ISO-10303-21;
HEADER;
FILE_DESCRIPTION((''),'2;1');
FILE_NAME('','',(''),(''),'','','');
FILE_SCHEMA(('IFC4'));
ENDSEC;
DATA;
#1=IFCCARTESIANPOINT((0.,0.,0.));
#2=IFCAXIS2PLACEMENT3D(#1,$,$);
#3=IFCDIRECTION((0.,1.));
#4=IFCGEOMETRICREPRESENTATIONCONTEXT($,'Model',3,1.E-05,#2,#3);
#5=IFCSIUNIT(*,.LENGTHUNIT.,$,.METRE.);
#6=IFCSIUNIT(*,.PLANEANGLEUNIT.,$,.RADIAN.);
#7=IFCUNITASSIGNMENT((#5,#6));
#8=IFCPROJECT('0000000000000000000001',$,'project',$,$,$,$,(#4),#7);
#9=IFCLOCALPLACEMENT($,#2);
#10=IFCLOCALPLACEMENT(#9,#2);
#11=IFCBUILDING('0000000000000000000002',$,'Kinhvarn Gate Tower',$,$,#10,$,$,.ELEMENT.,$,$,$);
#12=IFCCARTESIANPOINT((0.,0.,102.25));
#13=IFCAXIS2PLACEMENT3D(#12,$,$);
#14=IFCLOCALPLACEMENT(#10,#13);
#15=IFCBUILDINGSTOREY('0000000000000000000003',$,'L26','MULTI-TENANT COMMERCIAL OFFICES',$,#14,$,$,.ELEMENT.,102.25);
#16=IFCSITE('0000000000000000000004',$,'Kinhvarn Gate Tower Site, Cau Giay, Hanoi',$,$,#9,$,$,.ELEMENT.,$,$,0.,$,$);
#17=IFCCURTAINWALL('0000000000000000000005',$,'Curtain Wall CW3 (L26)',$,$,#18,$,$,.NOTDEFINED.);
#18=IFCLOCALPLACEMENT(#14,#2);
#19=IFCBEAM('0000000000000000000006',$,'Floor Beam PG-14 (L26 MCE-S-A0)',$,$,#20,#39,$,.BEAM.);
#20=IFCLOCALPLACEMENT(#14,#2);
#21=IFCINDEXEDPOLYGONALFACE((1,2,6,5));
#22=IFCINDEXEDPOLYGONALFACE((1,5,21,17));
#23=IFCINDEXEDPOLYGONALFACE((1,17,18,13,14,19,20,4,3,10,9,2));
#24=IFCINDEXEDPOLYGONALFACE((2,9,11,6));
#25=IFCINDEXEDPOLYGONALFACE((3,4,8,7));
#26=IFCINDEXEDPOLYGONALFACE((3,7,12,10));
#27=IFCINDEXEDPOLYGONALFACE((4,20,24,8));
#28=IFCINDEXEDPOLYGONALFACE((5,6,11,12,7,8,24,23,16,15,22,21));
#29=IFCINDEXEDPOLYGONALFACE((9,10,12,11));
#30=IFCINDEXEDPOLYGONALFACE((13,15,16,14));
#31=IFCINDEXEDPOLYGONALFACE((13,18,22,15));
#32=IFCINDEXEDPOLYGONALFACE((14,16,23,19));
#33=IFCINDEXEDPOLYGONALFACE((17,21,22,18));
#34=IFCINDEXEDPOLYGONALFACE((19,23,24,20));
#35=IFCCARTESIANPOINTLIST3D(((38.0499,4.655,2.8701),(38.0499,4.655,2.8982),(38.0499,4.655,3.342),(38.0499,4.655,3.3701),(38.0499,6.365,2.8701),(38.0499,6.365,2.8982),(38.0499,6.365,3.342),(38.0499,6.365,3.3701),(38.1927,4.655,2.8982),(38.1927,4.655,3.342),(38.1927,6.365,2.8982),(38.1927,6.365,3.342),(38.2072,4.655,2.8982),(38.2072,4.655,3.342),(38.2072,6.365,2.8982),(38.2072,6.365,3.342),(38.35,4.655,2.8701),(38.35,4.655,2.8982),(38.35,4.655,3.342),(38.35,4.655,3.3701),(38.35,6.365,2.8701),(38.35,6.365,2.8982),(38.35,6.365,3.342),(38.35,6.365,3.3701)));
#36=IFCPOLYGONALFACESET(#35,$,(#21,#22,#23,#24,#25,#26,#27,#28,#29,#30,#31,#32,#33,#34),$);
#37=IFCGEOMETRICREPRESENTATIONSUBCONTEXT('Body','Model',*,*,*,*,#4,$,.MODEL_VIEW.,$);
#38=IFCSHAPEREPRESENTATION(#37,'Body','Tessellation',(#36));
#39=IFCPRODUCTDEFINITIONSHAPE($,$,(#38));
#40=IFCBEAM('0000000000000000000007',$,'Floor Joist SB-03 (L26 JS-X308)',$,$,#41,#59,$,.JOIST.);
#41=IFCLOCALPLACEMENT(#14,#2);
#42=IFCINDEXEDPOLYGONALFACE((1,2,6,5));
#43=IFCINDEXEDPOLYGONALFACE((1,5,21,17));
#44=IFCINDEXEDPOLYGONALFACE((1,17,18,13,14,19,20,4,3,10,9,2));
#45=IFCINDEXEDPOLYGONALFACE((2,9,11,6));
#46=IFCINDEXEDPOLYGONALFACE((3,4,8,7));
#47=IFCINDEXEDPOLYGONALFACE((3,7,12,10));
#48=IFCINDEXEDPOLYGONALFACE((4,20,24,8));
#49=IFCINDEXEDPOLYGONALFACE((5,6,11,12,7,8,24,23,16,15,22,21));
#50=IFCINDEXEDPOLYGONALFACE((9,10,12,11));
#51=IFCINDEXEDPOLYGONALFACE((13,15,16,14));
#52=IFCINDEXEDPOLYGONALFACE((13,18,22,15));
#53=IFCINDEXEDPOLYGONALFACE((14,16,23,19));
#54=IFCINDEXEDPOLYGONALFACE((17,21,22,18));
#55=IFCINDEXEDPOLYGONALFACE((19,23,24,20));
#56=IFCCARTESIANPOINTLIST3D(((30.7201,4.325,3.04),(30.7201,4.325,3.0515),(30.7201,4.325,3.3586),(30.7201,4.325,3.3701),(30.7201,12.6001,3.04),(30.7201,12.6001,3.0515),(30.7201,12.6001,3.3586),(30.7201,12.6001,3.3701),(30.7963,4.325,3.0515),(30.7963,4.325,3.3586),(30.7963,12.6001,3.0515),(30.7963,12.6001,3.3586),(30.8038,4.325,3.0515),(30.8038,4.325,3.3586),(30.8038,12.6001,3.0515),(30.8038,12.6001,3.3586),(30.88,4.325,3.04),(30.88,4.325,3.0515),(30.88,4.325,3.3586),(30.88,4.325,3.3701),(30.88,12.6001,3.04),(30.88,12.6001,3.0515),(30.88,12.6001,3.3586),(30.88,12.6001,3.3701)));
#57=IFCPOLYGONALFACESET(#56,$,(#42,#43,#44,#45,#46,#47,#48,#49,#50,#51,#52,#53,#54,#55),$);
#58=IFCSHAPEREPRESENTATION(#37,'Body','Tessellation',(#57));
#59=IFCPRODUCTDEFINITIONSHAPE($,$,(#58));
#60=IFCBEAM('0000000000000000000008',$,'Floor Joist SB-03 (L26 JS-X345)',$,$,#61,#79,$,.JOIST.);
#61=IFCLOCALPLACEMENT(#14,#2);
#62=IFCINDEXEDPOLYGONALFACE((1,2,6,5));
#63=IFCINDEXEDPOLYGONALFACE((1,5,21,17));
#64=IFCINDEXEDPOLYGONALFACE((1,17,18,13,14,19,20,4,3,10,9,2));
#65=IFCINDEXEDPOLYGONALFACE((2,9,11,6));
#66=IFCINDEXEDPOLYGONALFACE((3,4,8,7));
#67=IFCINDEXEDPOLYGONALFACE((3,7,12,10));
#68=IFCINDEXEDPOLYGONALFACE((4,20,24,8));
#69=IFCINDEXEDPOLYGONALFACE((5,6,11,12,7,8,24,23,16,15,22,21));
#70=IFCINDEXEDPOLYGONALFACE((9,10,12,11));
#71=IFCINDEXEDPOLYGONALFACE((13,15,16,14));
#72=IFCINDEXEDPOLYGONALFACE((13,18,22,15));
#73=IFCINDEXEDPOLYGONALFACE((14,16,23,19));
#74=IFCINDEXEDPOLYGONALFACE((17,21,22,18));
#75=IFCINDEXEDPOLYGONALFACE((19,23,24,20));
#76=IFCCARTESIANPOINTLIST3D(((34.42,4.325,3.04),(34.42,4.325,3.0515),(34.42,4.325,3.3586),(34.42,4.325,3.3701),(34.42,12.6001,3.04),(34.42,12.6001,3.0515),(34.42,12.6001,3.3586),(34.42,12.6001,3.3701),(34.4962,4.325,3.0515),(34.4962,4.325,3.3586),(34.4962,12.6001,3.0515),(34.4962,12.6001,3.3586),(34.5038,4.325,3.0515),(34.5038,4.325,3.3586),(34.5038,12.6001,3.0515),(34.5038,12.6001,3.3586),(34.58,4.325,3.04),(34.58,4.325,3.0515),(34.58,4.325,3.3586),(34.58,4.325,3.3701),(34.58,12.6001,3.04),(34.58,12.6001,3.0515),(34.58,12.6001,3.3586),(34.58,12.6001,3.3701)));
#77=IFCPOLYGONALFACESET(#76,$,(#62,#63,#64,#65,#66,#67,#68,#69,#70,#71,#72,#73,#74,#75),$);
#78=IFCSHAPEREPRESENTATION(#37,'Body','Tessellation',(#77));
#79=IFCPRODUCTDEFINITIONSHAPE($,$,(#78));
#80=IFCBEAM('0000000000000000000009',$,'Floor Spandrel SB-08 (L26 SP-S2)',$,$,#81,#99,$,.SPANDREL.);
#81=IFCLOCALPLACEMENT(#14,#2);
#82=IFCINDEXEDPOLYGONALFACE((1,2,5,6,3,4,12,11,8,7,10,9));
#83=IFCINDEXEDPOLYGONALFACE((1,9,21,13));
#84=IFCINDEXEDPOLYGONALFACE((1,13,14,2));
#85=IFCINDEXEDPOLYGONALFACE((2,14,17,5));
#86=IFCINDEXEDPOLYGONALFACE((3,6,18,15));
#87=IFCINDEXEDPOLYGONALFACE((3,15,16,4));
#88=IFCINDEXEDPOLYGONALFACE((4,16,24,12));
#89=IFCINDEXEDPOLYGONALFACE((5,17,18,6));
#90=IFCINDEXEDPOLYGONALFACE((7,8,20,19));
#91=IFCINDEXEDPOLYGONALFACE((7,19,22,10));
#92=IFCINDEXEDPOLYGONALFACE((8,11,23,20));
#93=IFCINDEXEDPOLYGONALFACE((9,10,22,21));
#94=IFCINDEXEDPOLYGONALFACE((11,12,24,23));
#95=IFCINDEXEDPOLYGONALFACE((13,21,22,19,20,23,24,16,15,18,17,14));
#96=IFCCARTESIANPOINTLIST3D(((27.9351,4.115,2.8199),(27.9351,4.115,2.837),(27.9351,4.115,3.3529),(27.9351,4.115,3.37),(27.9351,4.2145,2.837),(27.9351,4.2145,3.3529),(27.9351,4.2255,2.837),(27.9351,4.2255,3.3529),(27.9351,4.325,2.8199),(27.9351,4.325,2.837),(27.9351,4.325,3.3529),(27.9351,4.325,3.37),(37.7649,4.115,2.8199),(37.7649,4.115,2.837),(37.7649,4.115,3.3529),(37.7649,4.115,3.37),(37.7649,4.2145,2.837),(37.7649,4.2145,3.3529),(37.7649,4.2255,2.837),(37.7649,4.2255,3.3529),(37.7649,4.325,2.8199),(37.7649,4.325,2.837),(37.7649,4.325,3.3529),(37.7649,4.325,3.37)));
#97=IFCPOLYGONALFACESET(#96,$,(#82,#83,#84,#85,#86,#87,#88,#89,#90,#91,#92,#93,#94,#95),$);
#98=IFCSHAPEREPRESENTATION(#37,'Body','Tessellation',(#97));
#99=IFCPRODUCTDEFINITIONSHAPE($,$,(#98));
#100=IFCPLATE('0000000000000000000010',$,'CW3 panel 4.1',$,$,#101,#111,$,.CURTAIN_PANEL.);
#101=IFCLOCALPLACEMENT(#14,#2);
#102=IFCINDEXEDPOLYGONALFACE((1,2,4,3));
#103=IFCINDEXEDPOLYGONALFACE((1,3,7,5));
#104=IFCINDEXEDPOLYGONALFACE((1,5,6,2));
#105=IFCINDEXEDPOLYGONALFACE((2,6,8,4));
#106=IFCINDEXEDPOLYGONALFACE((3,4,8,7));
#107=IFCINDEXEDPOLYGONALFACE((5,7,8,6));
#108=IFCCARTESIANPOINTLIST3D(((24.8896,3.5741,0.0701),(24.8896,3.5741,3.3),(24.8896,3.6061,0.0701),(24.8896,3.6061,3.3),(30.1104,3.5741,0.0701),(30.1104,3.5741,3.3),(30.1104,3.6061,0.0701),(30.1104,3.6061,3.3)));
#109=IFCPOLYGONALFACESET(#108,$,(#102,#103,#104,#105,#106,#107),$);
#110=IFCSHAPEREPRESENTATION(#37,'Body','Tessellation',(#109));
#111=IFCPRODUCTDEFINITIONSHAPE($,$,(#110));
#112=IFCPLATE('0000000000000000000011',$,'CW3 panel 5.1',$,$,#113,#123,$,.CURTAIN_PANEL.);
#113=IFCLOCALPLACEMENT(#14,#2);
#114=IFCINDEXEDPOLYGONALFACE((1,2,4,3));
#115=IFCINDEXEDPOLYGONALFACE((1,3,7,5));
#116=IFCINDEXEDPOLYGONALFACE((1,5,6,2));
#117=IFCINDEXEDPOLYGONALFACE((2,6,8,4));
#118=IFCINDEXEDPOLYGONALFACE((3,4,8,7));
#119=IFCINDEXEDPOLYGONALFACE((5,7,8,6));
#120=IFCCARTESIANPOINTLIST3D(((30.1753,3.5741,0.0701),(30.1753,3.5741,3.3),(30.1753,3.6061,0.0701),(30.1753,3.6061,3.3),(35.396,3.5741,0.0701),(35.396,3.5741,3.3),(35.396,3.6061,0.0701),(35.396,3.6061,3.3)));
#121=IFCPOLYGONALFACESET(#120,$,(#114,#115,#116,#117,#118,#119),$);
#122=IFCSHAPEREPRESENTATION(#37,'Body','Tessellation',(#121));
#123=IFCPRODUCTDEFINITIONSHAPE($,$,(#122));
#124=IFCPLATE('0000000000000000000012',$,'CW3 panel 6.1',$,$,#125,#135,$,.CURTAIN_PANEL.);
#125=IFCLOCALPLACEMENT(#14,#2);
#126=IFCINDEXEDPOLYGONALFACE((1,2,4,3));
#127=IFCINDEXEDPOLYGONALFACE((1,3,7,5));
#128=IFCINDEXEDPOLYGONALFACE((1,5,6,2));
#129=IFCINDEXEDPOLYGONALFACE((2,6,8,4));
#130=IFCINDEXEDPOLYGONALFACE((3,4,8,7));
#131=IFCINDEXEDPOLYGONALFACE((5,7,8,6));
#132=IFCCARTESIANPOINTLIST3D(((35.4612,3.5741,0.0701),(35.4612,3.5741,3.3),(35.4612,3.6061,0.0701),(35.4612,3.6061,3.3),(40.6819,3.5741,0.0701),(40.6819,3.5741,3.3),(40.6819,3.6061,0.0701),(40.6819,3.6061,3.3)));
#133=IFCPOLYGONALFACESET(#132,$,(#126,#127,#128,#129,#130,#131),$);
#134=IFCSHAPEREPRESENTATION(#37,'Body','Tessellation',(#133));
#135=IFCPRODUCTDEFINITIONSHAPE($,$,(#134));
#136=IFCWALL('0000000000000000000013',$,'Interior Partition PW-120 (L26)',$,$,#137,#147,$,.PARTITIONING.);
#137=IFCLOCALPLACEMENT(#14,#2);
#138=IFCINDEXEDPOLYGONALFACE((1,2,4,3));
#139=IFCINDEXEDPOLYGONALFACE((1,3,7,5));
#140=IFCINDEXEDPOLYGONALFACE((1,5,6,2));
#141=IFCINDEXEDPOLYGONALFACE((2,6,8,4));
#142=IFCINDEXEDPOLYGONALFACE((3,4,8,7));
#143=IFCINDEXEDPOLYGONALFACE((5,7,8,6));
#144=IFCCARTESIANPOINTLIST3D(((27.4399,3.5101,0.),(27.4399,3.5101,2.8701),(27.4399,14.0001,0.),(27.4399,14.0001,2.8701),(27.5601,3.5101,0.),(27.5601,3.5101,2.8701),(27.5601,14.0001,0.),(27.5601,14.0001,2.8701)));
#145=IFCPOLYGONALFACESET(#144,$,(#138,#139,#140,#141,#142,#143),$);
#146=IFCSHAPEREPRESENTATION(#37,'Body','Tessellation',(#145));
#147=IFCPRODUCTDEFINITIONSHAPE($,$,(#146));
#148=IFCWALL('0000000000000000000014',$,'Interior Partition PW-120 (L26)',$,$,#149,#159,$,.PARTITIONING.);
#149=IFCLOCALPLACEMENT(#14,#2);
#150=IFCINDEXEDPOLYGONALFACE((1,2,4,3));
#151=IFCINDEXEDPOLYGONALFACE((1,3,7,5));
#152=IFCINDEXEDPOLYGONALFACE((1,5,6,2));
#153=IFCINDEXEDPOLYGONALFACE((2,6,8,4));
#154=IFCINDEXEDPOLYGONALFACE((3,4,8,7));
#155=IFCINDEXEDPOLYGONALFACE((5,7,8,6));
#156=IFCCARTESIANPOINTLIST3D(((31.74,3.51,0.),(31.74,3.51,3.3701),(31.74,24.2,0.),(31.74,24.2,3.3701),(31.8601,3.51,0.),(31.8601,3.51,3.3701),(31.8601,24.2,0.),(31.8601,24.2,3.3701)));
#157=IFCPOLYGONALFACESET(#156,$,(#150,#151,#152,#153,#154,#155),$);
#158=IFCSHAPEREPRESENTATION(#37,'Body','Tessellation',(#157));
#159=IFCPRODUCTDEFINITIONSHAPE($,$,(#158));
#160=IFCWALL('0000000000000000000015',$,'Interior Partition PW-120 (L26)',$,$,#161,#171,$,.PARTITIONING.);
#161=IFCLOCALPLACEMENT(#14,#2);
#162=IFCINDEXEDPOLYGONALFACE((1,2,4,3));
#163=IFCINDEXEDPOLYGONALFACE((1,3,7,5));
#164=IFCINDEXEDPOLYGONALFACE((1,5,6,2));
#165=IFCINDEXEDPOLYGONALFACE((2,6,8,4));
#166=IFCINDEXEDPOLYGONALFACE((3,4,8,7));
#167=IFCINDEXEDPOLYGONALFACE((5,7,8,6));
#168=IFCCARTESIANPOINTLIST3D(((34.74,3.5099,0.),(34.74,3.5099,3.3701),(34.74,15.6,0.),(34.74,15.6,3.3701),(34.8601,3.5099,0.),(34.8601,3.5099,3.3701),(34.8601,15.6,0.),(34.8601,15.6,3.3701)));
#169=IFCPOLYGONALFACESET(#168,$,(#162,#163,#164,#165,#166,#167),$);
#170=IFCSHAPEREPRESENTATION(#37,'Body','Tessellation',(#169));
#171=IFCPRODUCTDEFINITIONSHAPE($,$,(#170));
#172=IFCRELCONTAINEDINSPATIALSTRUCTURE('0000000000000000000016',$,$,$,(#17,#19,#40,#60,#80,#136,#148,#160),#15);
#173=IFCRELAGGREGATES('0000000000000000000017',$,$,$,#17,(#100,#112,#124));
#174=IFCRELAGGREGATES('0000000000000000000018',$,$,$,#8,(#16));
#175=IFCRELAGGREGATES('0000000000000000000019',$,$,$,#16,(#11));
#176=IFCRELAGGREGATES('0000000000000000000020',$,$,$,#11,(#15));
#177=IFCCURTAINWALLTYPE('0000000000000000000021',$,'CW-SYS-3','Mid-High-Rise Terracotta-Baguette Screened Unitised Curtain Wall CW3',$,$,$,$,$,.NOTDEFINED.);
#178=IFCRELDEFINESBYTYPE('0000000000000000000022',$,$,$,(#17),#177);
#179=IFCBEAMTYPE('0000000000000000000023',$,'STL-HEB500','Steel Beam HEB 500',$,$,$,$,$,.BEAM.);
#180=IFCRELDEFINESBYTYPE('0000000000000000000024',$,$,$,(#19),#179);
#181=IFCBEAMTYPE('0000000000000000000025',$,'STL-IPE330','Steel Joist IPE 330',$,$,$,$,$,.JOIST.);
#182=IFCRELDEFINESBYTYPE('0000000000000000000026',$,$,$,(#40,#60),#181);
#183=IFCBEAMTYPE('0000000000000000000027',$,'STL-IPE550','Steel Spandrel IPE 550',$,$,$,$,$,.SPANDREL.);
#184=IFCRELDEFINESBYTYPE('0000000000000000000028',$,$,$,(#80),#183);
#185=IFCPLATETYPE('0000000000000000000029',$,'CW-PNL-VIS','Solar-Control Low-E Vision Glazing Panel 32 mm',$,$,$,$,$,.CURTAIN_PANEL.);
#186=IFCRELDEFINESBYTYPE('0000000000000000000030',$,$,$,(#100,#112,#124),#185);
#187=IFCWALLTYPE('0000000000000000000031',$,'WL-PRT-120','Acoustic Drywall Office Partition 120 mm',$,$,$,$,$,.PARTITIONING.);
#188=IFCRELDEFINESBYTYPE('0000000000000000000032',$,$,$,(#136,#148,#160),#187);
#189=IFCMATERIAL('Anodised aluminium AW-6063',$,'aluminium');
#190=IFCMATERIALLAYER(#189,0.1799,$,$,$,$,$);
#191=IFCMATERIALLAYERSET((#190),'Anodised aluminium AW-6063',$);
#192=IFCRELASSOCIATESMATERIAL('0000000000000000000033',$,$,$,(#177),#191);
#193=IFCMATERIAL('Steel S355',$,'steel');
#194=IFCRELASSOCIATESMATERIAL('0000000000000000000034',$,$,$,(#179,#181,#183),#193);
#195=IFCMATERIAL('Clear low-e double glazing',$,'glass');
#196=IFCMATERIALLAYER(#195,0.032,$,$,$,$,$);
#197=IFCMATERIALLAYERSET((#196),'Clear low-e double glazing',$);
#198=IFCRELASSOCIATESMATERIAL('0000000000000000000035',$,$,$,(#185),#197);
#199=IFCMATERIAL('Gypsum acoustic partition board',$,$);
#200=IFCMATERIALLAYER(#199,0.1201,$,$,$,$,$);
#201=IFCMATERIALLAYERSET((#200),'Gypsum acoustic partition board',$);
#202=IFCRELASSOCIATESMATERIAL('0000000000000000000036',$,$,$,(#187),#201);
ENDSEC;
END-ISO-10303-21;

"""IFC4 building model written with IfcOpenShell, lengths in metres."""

from ifc_helpers import new_model, si_unit, direction, frame, frame_2d, origin, origin_2d, place, context, subcontext, project, spatial, rectangle, i_section, extrude, material, layer, layer_set, material_profile, profile_set, type_object, element, aggregate, save


model = new_model("IFC4")

# Units and contexts
model_context = context("Model", 3, precision=1e-05, world=origin(), true_north=direction((0.0, 1.0)))
body_context = subcontext(model_context, "Body", "Model", "MODEL_VIEW")
ifc_project = project(units=[si_unit("LENGTHUNIT", "METRE"), si_unit("PLANEANGLEUNIT", "RADIAN")], contexts=[model_context])

# Site, building, storey
site_placement = place(None, origin())
site = spatial("IfcSite", under=ifc_project, at=site_placement, Name="Kinhvarn Gate Tower Site, Cau Giay, Hanoi", CompositionType="ELEMENT", RefElevation=0.0)
building_placement = place(site_placement, origin())
building = spatial("IfcBuilding", under=site, at=building_placement, Name="Kinhvarn Gate Tower", CompositionType="ELEMENT")
storey_placement = place(building_placement, frame((0.0, 0.0, 102.25)))
storey = spatial("IfcBuildingStorey", under=building, at=storey_placement, Name="L26", Description="MULTI-TENANT COMMERCIAL OFFICES", CompositionType="ELEMENT", Elevation=102.25)

# Curtain wall
ifc_material_1 = material(Name="Anodised aluminium AW-6063", Category="aluminium")
ifc_layer_1 = layer(ifc_material_1, 0.1799)
ifc_layer_set_1 = layer_set([ifc_layer_1], Name="Anodised aluminium AW-6063")
curtain_wall_type = type_object("IfcCurtainWallType", Name="CW-SYS-3", Description="Mid-High-Rise Terracotta-Baguette Screened Unitised Curtain Wall CW3", PredefinedType="NOTDEFINED", material=ifc_layer_set_1)
curtain_wall_placement = place(storey_placement, origin())
curtain_wall = element("IfcCurtainWall", 1, at=curtain_wall_placement, inside=storey, type_object=curtain_wall_type, Name="Curtain Wall CW3 (L26)", PredefinedType="NOTDEFINED")

# Beams
ifc_material_2 = material(Name="Steel S355", Category="steel")
ifc_material_profile_1 = material_profile(ifc_material_2, i_section(OverallWidth=0.3, OverallDepth=0.5, WebThickness=0.0144, FlangeThickness=0.0281, at=origin_2d()), Name="HEB 500")
ifc_profile_set_1 = profile_set([ifc_material_profile_1], Name="Steel S355")
beam_type_1 = type_object("IfcBeamType", Name="STL-HEB500", Description="Steel Beam HEB 500", PredefinedType="BEAM", material=ifc_profile_set_1)
beam_1_placement = place(storey_placement, frame((38.2, 4.655, 3.1201), z_axis=(0.0, 1.0, 0.0), x_axis=(-1.0, 0.0, 0.0)))
element("IfcBeam", 2, at=beam_1_placement, inside=storey, type_object=beam_type_1, Name="Floor Beam PG-14 (L26 MCE-S-A0)", PredefinedType="BEAM", context=body_context, shape_type="SweptSolid", body=[
    extrude(i_section(OverallWidth=0.3, OverallDepth=0.5, WebThickness=0.0144, FlangeThickness=0.0281, at=origin_2d()), origin(), (0.0, 0.0, 1.0), 1.71),
])
ifc_material_profile_2 = material_profile(ifc_material_2, i_section(OverallWidth=0.1599, OverallDepth=0.3301, WebThickness=0.0076, FlangeThickness=0.0115, at=origin_2d()), Name="IPE 330")
ifc_profile_set_2 = profile_set([ifc_material_profile_2], Name="Steel S355")
beam_type_2 = type_object("IfcBeamType", Name="STL-IPE330", Description="Steel Joist IPE 330", PredefinedType="JOIST", material=ifc_profile_set_2)
for number, where, z_axis, x_axis, name in (
    (3, (30.8, 4.325, 3.2051), (0.0, 1.0, 0.0), (-1.0, 0.0, 0.0), "Floor Joist SB-03 (L26 JS-X308)"),
    (4, (34.5, 4.325, 3.2051), (0.0, 1.0, 0.0), (-1.0, 0.0, 0.0), "Floor Joist SB-03 (L26 JS-X345)"),
):
    element("IfcBeam", number, at=place(storey_placement, frame(where, z_axis=z_axis, x_axis=x_axis)), inside=storey, type_object=beam_type_2, Name=name, PredefinedType="JOIST", context=body_context, shape_type="SweptSolid", body=[
        extrude(i_section(OverallWidth=0.1599, OverallDepth=0.3301, WebThickness=0.0076, FlangeThickness=0.0115, at=origin_2d()), origin(), (0.0, 0.0, 1.0), 8.2751),
    ])
ifc_material_profile_3 = material_profile(ifc_material_2, i_section(OverallWidth=0.21, OverallDepth=0.55, WebThickness=0.011, FlangeThickness=0.0171, at=origin_2d()), Name="IPE 550")
ifc_profile_set_3 = profile_set([ifc_material_profile_3], Name="Steel S355")
beam_type_3 = type_object("IfcBeamType", Name="STL-IPE550", Description="Steel Spandrel IPE 550", PredefinedType="SPANDREL", material=ifc_profile_set_3)
beam_2_placement = place(storey_placement, frame((27.9351, 4.22, 3.095), z_axis=(1.0, 0.0, 0.0), x_axis=(0.0, 1.0, 0.0)))
element("IfcBeam", 5, at=beam_2_placement, inside=storey, type_object=beam_type_3, Name="Floor Spandrel SB-08 (L26 SP-S2)", PredefinedType="SPANDREL", context=body_context, shape_type="SweptSolid", body=[
    extrude(i_section(OverallWidth=0.21, OverallDepth=0.55, WebThickness=0.011, FlangeThickness=0.0171, at=origin_2d()), origin(), (0.0, 0.0, 1.0), 9.8298),
])

# Plates
ifc_material_3 = material(Name="Clear low-e double glazing", Category="glass")
ifc_layer_2 = layer(ifc_material_3, 0.032)
ifc_layer_set_2 = layer_set([ifc_layer_2], Name="Clear low-e double glazing")
plate_type = type_object("IfcPlateType", Name="CW-PNL-VIS", Description="Solar-Control Low-E Vision Glazing Panel 32 mm", PredefinedType="CURTAIN_PANEL", material=ifc_layer_set_2)
plate_1_placement = place(storey_placement, frame((27.5, 3.5901, 0.0701), z_axis=(0.0, 0.0, 1.0), x_axis=(1.0, 0.0, 0.0)))
plate_1 = element("IfcPlate", 6, at=plate_1_placement, type_object=plate_type, Name="CW3 panel 4.1", PredefinedType="CURTAIN_PANEL", context=body_context, shape_type="SweptSolid", body=[
    extrude(rectangle(XDim=5.2207, YDim=0.032, at=origin_2d()), origin(), (0.0, 0.0, 1.0), 3.23),
])
plate_2_placement = place(storey_placement, frame((32.7856, 3.5901, 0.0701), z_axis=(0.0, 0.0, 1.0), x_axis=(1.0, 0.0, 0.0)))
plate_2 = element("IfcPlate", 7, at=plate_2_placement, type_object=plate_type, Name="CW3 panel 5.1", PredefinedType="CURTAIN_PANEL", context=body_context, shape_type="SweptSolid", body=[
    extrude(rectangle(XDim=5.2207, YDim=0.032, at=origin_2d()), origin(), (0.0, 0.0, 1.0), 3.23),
])
plate_3_placement = place(storey_placement, frame((38.0715, 3.5901, 0.0701), z_axis=(0.0, 0.0, 1.0), x_axis=(1.0, 0.0, 0.0)))
plate_3 = element("IfcPlate", 8, at=plate_3_placement, type_object=plate_type, Name="CW3 panel 6.1", PredefinedType="CURTAIN_PANEL", context=body_context, shape_type="SweptSolid", body=[
    extrude(rectangle(XDim=5.2207, YDim=0.032, at=origin_2d()), origin(), (0.0, 0.0, 1.0), 3.23),
])
aggregate(curtain_wall, [plate_1, plate_2, plate_3])

# Walls
ifc_material_4 = material(Name="Gypsum acoustic partition board")
ifc_layer_3 = layer(ifc_material_4, 0.1201)
ifc_layer_set_3 = layer_set([ifc_layer_3], Name="Gypsum acoustic partition board")
wall_type = type_object("IfcWallType", Name="WL-PRT-120", Description="Acoustic Drywall Office Partition 120 mm", PredefinedType="PARTITIONING", material=ifc_layer_set_3)
wall_1_placement = place(storey_placement, frame((27.5, 3.51, 0.0), z_axis=(0.0, 0.0, 1.0), x_axis=(0.0, 1.0, 0.0)))
element("IfcWall", 9, at=wall_1_placement, inside=storey, type_object=wall_type, Name="Interior Partition PW-120 (L26)", PredefinedType="PARTITIONING", context=body_context, shape_type="SweptSolid", body=[
    extrude(rectangle(XDim=10.49, YDim=0.1201, at=frame_2d((5.2451, 0.0))), origin(), (0.0, 0.0, 1.0), 2.8701),
])
wall_2_placement = place(storey_placement, frame((31.8, 3.51, 0.0), z_axis=(0.0, 0.0, 1.0), x_axis=(0.0, 1.0, 0.0)))
element("IfcWall", 10, at=wall_2_placement, inside=storey, type_object=wall_type, Name="Interior Partition PW-120 (L26)", PredefinedType="PARTITIONING", context=body_context, shape_type="SweptSolid", body=[
    extrude(rectangle(XDim=20.6899, YDim=0.1201, at=frame_2d((10.345, 0.0))), origin(), (0.0, 0.0, 1.0), 3.3701),
])
wall_3_placement = place(storey_placement, frame((34.8, 3.51, 0.0), z_axis=(0.0, 0.0, 1.0), x_axis=(0.0, 1.0, 0.0)))
element("IfcWall", 11, at=wall_3_placement, inside=storey, type_object=wall_type, Name="Interior Partition PW-120 (L26)", PredefinedType="PARTITIONING", context=body_context, shape_type="SweptSolid", body=[
    extrude(rectangle(XDim=12.0901, YDim=0.1201, at=frame_2d((6.0449, 0.0))), origin(), (0.0, 0.0, 1.0), 3.3701),
])

save(model, "model.ifc")
